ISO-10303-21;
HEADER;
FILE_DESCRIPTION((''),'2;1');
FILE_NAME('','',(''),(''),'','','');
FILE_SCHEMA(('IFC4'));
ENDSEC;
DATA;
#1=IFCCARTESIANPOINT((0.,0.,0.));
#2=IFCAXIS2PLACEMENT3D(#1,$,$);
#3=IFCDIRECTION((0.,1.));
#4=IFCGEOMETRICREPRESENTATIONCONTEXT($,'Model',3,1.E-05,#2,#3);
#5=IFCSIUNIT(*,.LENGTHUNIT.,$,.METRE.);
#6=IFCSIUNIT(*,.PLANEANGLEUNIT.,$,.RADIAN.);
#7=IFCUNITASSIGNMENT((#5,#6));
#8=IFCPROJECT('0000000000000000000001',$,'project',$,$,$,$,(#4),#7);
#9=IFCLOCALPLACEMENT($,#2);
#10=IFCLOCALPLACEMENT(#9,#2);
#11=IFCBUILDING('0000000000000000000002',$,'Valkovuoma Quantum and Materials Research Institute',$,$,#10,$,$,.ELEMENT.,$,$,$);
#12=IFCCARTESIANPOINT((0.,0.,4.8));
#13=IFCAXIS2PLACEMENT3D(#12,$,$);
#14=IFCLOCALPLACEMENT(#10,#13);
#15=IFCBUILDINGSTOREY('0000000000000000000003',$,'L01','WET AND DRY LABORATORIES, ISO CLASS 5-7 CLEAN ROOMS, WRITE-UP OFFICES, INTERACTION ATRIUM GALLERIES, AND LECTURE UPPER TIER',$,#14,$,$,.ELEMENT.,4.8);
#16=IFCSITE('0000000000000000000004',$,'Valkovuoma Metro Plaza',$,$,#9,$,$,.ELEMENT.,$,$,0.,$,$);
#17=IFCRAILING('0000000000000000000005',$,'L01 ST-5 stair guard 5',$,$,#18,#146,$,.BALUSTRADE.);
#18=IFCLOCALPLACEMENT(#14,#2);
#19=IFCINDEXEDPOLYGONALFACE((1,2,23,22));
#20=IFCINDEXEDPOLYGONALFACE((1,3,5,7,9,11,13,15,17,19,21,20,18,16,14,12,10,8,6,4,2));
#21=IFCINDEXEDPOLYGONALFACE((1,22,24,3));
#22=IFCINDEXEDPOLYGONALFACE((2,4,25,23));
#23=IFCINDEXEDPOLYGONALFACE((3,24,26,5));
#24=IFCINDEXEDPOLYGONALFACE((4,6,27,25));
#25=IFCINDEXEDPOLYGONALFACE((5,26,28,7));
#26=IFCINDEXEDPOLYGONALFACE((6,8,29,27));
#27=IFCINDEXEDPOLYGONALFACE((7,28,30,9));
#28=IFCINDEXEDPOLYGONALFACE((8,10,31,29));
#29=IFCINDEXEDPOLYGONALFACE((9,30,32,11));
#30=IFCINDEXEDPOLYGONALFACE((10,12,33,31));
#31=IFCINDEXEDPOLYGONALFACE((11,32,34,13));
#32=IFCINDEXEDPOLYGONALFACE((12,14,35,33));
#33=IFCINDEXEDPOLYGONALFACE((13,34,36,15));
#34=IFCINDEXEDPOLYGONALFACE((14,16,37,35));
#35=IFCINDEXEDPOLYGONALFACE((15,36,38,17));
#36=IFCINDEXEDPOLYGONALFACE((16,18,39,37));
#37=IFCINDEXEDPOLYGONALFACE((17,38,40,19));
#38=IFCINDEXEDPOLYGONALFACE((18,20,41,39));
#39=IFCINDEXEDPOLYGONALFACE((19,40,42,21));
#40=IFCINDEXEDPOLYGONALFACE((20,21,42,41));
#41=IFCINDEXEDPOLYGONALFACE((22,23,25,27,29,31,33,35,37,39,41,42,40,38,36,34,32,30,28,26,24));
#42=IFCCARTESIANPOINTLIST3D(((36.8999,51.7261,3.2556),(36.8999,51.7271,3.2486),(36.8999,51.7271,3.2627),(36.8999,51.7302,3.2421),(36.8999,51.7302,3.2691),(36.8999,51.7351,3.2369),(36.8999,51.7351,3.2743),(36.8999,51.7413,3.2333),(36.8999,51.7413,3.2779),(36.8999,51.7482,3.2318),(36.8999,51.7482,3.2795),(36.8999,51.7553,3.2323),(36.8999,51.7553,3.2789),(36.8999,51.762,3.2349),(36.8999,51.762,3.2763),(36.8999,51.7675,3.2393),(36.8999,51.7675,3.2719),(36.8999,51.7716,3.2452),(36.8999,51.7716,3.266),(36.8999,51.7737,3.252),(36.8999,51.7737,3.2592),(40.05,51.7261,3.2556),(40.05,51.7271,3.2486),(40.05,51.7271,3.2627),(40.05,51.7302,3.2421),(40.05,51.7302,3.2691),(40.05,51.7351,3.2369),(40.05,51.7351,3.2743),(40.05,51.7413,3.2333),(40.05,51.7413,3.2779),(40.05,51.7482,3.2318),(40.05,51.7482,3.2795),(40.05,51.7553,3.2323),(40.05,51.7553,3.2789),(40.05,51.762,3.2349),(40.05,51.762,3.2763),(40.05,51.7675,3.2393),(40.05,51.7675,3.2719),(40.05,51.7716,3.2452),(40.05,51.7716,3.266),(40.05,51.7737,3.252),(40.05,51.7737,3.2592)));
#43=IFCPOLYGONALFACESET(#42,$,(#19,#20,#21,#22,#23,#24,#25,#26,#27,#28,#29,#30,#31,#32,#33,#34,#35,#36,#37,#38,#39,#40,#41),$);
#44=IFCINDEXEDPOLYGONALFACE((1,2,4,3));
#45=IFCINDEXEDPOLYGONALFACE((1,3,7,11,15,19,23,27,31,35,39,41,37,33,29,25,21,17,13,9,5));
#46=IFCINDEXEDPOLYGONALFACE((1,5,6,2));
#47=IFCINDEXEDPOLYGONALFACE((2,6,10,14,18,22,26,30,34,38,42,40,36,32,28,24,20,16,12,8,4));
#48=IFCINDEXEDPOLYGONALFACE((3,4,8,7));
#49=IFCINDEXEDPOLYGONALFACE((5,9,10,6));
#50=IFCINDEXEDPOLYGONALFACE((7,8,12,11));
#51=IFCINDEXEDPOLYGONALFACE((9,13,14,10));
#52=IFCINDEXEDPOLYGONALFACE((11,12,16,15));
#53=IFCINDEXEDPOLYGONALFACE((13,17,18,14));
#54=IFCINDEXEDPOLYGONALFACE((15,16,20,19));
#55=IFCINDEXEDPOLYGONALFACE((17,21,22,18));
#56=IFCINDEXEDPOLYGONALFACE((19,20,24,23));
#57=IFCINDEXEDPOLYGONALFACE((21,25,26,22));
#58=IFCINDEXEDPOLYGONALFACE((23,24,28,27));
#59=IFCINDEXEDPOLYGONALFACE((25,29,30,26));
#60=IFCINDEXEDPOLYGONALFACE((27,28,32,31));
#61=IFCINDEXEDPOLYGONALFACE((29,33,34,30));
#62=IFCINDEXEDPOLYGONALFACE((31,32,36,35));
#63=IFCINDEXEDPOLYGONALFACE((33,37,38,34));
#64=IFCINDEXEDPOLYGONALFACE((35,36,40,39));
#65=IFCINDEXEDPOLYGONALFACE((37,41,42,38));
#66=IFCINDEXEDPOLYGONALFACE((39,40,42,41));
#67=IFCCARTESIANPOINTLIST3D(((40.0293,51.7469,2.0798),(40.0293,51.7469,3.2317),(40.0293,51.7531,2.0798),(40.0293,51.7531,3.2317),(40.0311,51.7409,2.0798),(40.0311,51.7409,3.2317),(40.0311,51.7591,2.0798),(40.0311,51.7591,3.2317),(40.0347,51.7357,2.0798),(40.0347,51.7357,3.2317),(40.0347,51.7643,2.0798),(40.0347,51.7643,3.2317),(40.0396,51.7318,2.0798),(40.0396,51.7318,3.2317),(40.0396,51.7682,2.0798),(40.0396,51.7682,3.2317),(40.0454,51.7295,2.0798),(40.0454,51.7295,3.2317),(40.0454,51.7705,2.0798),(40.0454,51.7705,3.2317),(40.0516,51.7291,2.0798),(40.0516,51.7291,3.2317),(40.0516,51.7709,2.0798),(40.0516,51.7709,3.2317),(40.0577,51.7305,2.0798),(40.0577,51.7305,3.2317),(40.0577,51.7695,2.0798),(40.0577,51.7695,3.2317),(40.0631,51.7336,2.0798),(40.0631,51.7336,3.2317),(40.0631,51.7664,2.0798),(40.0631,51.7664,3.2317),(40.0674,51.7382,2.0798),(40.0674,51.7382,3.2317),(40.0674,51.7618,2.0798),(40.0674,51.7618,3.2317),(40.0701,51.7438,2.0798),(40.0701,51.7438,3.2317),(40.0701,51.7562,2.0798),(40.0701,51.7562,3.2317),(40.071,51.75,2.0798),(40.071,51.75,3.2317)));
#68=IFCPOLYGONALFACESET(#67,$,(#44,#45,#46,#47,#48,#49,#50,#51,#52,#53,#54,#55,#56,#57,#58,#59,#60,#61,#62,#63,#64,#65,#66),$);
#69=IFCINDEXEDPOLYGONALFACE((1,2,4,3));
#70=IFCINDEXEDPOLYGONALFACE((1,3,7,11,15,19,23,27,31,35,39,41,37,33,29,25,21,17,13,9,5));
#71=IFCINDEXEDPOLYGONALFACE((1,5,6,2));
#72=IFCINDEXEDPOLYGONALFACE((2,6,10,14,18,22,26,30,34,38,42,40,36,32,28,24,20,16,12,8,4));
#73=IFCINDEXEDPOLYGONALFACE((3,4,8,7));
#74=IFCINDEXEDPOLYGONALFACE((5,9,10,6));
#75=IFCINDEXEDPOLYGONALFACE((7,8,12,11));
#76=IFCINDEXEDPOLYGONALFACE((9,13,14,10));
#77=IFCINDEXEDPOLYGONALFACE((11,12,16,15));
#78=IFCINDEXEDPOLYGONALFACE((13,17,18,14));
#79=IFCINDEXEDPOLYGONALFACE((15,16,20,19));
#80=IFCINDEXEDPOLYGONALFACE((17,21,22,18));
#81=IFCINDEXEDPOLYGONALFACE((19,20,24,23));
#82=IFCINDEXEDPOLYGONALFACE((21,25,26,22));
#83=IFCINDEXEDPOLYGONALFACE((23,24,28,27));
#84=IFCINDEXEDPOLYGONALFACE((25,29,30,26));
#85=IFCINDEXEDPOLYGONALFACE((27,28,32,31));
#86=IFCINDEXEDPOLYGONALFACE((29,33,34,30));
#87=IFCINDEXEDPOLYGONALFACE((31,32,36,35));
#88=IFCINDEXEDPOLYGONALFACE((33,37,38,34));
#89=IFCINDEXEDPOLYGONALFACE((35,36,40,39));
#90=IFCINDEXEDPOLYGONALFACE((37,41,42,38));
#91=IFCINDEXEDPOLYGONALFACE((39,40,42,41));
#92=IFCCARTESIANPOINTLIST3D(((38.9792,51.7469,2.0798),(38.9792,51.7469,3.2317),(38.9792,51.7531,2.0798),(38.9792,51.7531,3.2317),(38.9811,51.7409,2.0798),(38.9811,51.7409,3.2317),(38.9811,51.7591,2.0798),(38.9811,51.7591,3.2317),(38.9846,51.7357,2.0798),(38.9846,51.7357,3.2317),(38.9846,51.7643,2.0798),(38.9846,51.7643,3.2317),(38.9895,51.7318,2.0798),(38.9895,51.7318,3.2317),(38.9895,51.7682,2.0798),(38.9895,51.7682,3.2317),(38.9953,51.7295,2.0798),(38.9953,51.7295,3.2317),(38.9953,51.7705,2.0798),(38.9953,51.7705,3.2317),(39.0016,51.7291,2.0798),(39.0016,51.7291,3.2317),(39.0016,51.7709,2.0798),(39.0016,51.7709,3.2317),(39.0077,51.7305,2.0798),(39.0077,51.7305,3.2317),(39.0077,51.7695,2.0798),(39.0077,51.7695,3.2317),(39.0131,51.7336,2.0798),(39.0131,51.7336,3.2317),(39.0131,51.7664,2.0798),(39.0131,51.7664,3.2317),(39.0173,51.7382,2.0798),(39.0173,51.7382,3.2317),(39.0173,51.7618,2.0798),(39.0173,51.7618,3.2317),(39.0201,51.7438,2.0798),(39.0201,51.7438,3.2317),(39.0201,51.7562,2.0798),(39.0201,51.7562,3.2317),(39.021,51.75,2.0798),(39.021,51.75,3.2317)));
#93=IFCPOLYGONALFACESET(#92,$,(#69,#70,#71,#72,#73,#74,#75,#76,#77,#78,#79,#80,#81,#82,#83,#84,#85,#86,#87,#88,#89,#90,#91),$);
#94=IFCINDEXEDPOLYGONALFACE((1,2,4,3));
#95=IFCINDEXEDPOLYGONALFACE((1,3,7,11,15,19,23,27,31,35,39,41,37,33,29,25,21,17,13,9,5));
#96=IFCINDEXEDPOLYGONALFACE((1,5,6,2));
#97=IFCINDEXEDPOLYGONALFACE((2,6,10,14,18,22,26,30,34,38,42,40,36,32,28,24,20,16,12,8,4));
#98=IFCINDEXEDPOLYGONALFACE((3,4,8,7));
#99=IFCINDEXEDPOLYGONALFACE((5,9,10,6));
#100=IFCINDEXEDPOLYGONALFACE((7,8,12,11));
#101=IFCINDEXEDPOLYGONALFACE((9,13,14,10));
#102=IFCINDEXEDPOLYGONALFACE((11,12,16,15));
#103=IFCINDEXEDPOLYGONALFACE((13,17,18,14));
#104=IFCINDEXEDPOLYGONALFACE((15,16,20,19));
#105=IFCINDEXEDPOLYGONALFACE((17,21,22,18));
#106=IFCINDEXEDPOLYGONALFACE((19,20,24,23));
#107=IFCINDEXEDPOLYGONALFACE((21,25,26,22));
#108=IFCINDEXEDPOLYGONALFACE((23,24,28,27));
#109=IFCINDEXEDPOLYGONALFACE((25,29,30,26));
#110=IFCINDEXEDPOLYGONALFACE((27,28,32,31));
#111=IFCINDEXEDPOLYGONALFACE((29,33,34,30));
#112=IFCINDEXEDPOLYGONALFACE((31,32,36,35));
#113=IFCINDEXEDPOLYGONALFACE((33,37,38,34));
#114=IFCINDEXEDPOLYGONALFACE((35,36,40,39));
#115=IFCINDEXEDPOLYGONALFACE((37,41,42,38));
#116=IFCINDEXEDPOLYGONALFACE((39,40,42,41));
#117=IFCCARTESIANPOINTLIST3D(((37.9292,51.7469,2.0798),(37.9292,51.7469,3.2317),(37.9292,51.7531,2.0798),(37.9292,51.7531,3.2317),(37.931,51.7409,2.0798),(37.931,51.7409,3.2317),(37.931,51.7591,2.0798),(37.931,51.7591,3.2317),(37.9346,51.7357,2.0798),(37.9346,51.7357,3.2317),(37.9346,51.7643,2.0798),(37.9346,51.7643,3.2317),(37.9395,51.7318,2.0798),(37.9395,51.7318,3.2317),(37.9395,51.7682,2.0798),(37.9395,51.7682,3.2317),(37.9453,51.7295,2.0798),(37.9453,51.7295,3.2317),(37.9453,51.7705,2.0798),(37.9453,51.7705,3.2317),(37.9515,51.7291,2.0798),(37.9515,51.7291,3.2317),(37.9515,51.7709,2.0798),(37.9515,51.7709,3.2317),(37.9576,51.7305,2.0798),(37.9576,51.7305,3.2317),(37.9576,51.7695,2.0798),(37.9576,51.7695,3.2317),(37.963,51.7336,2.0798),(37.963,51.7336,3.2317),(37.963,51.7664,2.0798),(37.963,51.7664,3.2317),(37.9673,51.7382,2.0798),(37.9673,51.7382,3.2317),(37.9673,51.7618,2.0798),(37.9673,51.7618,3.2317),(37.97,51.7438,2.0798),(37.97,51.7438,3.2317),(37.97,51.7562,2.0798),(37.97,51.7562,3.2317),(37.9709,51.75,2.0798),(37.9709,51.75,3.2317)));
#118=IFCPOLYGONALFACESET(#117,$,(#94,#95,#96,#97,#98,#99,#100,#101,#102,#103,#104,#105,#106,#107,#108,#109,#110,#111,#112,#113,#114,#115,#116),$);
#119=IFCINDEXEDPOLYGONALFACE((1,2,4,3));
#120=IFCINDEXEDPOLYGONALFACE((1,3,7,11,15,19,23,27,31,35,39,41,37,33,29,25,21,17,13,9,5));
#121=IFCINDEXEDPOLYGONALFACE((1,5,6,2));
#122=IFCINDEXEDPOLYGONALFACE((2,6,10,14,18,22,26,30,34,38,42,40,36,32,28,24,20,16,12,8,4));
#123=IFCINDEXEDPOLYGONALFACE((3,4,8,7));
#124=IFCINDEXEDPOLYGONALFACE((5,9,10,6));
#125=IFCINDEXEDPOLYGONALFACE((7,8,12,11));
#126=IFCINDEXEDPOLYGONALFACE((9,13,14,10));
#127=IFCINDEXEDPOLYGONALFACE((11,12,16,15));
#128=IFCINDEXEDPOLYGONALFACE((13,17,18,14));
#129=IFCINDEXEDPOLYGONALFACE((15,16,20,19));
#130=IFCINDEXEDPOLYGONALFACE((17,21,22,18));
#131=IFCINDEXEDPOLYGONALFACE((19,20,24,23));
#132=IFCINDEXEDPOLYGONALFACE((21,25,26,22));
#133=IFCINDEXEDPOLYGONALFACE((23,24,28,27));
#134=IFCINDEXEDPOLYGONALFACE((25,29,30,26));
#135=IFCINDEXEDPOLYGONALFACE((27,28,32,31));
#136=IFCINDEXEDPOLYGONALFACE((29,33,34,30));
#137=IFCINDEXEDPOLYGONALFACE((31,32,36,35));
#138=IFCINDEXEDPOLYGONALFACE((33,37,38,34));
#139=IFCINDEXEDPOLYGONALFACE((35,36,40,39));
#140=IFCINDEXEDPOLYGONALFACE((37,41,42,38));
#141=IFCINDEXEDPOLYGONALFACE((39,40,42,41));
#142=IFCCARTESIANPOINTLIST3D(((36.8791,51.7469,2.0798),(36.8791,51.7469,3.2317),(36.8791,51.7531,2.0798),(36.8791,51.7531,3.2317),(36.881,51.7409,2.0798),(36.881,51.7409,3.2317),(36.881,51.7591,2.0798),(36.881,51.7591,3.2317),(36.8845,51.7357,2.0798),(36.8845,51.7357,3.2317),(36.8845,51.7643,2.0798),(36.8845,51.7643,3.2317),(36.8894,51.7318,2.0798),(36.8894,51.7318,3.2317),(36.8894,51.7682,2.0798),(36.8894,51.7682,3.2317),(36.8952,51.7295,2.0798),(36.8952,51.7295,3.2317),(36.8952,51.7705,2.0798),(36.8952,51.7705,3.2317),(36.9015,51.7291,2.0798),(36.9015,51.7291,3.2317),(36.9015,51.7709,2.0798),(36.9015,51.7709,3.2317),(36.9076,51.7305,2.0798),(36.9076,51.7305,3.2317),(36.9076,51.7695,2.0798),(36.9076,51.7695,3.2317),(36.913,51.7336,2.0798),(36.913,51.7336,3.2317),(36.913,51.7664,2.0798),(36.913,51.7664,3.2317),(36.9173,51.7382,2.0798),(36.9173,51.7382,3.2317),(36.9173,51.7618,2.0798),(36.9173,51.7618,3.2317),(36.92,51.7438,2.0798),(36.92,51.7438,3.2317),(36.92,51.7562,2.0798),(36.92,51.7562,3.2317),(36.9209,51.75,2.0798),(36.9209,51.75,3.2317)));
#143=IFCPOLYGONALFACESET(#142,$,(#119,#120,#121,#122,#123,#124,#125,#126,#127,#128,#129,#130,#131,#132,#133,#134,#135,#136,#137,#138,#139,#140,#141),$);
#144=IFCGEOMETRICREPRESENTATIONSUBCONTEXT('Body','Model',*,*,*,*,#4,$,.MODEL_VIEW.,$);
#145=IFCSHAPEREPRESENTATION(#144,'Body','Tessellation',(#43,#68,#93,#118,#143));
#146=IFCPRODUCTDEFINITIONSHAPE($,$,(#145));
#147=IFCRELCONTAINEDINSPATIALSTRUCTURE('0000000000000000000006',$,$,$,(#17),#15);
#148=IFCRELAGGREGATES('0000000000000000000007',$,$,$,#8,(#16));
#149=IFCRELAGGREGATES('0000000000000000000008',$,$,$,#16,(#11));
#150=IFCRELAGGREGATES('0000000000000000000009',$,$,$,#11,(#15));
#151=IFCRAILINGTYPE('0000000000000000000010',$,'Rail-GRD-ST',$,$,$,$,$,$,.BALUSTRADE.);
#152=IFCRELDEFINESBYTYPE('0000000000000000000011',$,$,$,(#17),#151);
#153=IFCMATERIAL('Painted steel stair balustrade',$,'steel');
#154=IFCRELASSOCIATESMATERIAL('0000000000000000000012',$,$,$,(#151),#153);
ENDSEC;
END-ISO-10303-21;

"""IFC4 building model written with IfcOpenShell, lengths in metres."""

from ifc_helpers import new_model, si_unit, direction, frame, origin, origin_2d, place, context, subcontext, project, spatial, circle, extrude, material, type_object, element, save


model = new_model("IFC4")

# Units and contexts
model_context = context("Model", 3, precision=1e-05, world=origin(), true_north=direction((0.0, 1.0)))
body_context = subcontext(model_context, "Body", "Model", "MODEL_VIEW")
ifc_project = project(units=[si_unit("LENGTHUNIT", "METRE"), si_unit("PLANEANGLEUNIT", "RADIAN")], contexts=[model_context])

# Site, building, storey
site_placement = place(None, origin())
site = spatial("IfcSite", under=ifc_project, at=site_placement, Name="Valkovuoma Metro Plaza", CompositionType="ELEMENT", RefElevation=0.0)
building_placement = place(site_placement, origin())
building = spatial("IfcBuilding", under=site, at=building_placement, Name="Valkovuoma Quantum and Materials Research Institute", CompositionType="ELEMENT")
storey_placement = place(building_placement, frame((0.0, 0.0, 4.8)))
storey = spatial("IfcBuildingStorey", under=building, at=storey_placement, Name="L01", Description="WET AND DRY LABORATORIES, ISO CLASS 5-7 CLEAN ROOMS, WRITE-UP OFFICES, INTERACTION ATRIUM GALLERIES, AND LECTURE UPPER TIER", CompositionType="ELEMENT", Elevation=4.8)

# Railing
ifc_material_1 = material(Name="Painted steel stair balustrade", Category="steel")
railing_type_1 = type_object("IfcRailingType", Name="Rail-GRD-ST", PredefinedType="BALUSTRADE", material=ifc_material_1)
railing_1_placement = place(storey_placement, frame((40.05, 51.75, 2.0798)))
element("IfcRailing", 1, at=railing_1_placement, inside=storey, type_object=railing_type_1, Name="L01 ST-5 stair guard 5", PredefinedType="BALUSTRADE", context=body_context, shape_type="SweptSolid", body=[
    extrude(circle(Radius=0.0239, at=origin_2d()), frame((0.0, 0.0, 1.1758), z_axis=(-1.0, 0.0, 0.0), x_axis=(0.0, -1.0, 0.0)), (0.0, 0.0, 1.0), 3.1501),
    extrude(circle(Radius=0.021, at=origin_2d()), origin(), (0.0, 0.0, 1.0), 1.1519),
    extrude(circle(Radius=0.021, at=origin_2d()), frame((-1.05, 0.0, 0.0)), (0.0, 0.0, 1.0), 1.1519),
    extrude(circle(Radius=0.021, at=origin_2d()), frame((-2.1001, 0.0, 0.0)), (0.0, 0.0, 1.0), 1.1519),
    extrude(circle(Radius=0.021, at=origin_2d()), frame((-3.1501, 0.0, 0.0)), (0.0, 0.0, 1.0), 1.1519),
])

save(model, "model.ifc")
